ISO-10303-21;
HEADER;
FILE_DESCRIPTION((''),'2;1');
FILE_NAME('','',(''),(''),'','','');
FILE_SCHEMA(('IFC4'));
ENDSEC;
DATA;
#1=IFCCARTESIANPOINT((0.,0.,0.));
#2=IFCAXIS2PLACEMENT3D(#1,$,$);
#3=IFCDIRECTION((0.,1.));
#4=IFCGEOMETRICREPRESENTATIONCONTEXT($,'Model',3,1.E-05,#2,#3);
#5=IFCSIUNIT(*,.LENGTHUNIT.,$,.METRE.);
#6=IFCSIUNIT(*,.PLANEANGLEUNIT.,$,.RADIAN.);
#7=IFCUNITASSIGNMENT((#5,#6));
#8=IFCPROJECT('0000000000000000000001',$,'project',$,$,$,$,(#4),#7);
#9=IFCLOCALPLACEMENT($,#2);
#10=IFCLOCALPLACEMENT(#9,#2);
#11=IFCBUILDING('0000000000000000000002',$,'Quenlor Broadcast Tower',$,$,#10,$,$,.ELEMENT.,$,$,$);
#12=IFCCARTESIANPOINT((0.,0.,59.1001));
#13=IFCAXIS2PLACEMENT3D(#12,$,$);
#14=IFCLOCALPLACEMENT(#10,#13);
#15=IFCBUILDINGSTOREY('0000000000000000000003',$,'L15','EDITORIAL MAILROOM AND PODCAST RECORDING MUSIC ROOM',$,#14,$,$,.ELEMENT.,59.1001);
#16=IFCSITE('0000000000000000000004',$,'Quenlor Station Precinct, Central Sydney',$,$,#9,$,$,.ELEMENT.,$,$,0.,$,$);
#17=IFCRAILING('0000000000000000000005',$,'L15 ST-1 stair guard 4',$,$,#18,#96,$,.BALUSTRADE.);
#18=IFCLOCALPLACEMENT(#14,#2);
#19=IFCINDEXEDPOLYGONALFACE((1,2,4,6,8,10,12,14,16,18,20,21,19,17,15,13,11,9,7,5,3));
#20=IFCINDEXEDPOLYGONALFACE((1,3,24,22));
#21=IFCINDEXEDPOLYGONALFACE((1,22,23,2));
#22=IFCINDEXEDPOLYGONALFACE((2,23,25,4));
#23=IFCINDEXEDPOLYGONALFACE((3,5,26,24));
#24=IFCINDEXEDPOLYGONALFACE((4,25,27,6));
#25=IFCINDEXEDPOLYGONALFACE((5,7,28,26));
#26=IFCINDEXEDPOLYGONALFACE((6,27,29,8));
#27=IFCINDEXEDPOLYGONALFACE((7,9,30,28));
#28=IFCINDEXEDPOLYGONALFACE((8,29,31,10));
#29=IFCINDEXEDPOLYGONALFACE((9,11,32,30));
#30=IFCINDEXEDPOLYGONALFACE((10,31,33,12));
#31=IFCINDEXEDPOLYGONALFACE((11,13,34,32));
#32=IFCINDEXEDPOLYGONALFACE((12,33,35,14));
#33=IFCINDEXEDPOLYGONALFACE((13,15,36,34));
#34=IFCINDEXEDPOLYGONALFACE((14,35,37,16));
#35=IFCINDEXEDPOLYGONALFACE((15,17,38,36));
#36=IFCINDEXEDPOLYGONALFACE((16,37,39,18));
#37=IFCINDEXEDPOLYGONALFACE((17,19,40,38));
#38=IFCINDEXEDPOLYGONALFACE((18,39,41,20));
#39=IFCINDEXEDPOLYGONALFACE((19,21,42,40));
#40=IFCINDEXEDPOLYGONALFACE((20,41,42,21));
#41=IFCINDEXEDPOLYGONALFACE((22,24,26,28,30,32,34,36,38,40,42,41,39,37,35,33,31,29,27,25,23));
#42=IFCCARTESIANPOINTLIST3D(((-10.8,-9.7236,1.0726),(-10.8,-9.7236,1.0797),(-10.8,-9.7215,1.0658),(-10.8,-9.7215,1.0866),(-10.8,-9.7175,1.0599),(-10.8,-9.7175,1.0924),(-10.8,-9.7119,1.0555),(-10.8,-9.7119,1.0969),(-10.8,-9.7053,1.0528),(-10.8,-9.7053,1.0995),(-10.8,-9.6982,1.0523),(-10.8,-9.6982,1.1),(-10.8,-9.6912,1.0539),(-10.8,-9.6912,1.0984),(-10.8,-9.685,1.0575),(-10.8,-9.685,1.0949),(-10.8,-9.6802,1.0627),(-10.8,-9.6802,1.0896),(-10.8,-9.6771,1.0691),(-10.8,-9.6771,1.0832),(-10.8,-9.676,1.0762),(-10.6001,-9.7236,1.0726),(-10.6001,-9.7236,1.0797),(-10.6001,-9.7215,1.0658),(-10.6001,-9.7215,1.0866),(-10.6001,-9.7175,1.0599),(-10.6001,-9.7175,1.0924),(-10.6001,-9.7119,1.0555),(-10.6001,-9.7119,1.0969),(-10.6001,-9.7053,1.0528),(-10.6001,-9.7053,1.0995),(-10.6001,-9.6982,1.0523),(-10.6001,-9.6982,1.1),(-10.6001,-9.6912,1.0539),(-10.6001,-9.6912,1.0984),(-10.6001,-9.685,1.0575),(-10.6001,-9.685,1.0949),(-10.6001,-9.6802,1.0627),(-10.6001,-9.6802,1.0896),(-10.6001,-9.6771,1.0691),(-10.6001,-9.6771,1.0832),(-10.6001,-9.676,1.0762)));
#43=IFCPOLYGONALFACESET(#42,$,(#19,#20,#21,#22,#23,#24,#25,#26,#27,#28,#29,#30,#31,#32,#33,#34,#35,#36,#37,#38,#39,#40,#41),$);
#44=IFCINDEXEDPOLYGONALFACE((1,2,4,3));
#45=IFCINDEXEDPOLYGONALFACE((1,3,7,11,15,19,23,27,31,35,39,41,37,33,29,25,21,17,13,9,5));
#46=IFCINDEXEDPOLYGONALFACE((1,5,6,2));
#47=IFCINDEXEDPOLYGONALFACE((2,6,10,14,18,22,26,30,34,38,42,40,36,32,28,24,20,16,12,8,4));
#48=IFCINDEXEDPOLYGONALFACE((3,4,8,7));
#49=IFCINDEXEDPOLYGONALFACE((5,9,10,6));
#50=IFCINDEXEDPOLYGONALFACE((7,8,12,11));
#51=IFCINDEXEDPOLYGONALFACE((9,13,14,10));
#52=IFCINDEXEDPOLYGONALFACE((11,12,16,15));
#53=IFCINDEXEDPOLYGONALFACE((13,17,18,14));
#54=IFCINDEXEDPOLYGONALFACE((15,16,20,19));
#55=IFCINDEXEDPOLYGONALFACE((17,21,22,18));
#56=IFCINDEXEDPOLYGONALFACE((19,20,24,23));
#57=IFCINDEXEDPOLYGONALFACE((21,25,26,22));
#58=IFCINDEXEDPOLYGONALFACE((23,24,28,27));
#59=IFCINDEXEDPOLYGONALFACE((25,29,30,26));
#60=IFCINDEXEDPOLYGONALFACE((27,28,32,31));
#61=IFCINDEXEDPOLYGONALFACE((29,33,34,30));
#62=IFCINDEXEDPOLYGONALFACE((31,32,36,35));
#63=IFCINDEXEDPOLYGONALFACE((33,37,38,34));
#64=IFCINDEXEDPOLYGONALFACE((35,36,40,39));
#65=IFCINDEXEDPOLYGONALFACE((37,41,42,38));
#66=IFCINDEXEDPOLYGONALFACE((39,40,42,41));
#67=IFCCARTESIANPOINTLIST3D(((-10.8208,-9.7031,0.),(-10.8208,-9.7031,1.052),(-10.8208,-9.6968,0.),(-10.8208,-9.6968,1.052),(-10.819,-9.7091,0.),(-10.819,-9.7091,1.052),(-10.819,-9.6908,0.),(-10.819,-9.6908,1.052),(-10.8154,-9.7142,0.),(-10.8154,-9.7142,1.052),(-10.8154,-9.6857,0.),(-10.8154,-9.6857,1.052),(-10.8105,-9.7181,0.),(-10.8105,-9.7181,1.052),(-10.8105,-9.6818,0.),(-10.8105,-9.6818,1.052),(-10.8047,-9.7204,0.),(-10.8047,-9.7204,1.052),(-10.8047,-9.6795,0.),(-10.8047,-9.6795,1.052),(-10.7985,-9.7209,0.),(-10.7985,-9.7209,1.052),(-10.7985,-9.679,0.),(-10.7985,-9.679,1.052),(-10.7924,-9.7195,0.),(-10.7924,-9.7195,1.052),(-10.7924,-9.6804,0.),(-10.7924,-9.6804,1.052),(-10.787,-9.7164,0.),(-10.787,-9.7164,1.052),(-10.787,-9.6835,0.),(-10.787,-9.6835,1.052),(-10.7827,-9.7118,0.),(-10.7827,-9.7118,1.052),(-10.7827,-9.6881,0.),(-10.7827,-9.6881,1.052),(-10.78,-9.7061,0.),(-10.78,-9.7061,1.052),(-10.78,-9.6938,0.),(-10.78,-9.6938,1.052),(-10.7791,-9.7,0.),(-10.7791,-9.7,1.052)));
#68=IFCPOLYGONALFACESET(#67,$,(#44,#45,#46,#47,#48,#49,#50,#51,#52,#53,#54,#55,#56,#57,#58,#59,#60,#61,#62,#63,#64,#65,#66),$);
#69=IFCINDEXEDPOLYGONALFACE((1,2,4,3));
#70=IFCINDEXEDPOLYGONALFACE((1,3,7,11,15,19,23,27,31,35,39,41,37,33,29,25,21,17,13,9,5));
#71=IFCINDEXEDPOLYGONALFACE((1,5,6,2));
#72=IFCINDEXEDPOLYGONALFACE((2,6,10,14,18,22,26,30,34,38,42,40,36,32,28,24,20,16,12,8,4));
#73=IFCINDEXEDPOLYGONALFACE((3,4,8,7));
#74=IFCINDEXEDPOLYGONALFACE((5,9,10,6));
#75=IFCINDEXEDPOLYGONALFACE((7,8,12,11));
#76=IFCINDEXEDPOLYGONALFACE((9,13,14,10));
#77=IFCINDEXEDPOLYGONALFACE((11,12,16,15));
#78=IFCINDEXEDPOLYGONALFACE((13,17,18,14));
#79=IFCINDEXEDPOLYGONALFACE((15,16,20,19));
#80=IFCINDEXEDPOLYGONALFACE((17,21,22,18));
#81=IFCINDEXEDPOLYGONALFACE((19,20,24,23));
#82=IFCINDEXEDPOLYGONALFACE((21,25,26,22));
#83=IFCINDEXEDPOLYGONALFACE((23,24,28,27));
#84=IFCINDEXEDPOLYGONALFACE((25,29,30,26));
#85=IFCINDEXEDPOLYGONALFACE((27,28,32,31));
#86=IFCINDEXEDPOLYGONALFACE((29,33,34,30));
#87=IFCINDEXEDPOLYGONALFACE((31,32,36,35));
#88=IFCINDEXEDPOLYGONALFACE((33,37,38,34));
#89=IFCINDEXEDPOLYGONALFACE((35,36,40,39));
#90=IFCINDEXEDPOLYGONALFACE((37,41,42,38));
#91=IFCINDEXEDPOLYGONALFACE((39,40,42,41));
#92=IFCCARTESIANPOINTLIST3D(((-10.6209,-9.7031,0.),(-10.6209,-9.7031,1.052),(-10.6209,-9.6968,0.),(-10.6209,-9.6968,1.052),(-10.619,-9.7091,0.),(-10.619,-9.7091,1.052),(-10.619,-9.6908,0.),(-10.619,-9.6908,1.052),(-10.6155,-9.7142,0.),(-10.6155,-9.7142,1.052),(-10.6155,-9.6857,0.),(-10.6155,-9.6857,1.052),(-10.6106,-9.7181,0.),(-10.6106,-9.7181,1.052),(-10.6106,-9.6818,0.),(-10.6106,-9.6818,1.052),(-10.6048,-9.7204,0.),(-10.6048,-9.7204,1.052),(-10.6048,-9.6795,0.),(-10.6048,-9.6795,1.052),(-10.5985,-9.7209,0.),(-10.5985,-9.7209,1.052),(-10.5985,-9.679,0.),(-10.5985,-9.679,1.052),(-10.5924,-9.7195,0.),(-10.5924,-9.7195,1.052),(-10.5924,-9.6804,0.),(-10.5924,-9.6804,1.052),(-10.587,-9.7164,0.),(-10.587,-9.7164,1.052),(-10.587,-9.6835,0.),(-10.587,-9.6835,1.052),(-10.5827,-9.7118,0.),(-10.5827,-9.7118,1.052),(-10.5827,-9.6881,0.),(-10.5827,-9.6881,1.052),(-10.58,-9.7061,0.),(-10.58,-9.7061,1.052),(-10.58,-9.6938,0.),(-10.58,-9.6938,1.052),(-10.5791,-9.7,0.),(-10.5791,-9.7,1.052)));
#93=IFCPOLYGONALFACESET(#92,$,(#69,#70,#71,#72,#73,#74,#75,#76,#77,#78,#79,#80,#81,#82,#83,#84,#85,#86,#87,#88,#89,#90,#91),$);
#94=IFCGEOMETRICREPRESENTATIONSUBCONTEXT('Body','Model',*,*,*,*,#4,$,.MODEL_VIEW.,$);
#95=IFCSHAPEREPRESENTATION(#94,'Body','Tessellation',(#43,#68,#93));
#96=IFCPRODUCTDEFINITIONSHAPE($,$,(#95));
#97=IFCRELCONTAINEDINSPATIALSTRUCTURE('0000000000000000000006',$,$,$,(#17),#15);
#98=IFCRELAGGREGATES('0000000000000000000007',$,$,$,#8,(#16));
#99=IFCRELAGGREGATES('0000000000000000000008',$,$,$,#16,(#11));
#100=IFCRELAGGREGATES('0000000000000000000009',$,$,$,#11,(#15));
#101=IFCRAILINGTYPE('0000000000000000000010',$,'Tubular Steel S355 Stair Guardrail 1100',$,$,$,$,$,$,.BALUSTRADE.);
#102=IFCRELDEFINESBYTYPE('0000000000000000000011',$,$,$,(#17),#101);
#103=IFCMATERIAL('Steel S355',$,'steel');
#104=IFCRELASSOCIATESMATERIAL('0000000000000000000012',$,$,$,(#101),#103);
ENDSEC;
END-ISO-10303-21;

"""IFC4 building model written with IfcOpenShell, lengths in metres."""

from ifc_helpers import new_model, si_unit, direction, frame, origin, origin_2d, place, context, subcontext, project, spatial, circle, extrude, material, type_object, element, save


model = new_model("IFC4")

# Units and contexts
model_context = context("Model", 3, precision=1e-05, world=origin(), true_north=direction((0.0, 1.0)))
body_context = subcontext(model_context, "Body", "Model", "MODEL_VIEW")
ifc_project = project(units=[si_unit("LENGTHUNIT", "METRE"), si_unit("PLANEANGLEUNIT", "RADIAN")], contexts=[model_context])

# Site, building, storey
site_placement = place(None, origin())
site = spatial("IfcSite", under=ifc_project, at=site_placement, Name="Quenlor Station Precinct, Central Sydney", CompositionType="ELEMENT", RefElevation=0.0)
building_placement = place(site_placement, origin())
building = spatial("IfcBuilding", under=site, at=building_placement, Name="Quenlor Broadcast Tower", CompositionType="ELEMENT")
storey_placement = place(building_placement, frame((0.0, 0.0, 59.1001)))
storey = spatial("IfcBuildingStorey", under=building, at=storey_placement, Name="L15", Description="EDITORIAL MAILROOM AND PODCAST RECORDING MUSIC ROOM", CompositionType="ELEMENT", Elevation=59.1001)

# Railing
ifc_material_1 = material(Name="Steel S355", Category="steel")
railing_type_1 = type_object("IfcRailingType", Name="Tubular Steel S355 Stair Guardrail 1100", PredefinedType="BALUSTRADE", material=ifc_material_1)
railing_1_placement = place(storey_placement, frame((-10.8, -9.7, 0.0)))
element("IfcRailing", 1, at=railing_1_placement, inside=storey, type_object=railing_type_1, Name="L15 ST-1 stair guard 4", PredefinedType="BALUSTRADE", context=body_context, shape_type="SweptSolid", body=[
    extrude(circle(Radius=0.0239, at=origin_2d()), frame((0.0, 0.0, 1.0762), z_axis=(1.0, 0.0, 0.0), x_axis=(0.0, 1.0, 0.0)), (0.0, 0.0, 1.0), 0.2),
    extrude(circle(Radius=0.021, at=origin_2d()), origin(), (0.0, 0.0, 1.0), 1.052),
    extrude(circle(Radius=0.021, at=origin_2d()), frame((0.2, 0.0, 0.0)), (0.0, 0.0, 1.0), 1.052),
])

save(model, "model.ifc")
